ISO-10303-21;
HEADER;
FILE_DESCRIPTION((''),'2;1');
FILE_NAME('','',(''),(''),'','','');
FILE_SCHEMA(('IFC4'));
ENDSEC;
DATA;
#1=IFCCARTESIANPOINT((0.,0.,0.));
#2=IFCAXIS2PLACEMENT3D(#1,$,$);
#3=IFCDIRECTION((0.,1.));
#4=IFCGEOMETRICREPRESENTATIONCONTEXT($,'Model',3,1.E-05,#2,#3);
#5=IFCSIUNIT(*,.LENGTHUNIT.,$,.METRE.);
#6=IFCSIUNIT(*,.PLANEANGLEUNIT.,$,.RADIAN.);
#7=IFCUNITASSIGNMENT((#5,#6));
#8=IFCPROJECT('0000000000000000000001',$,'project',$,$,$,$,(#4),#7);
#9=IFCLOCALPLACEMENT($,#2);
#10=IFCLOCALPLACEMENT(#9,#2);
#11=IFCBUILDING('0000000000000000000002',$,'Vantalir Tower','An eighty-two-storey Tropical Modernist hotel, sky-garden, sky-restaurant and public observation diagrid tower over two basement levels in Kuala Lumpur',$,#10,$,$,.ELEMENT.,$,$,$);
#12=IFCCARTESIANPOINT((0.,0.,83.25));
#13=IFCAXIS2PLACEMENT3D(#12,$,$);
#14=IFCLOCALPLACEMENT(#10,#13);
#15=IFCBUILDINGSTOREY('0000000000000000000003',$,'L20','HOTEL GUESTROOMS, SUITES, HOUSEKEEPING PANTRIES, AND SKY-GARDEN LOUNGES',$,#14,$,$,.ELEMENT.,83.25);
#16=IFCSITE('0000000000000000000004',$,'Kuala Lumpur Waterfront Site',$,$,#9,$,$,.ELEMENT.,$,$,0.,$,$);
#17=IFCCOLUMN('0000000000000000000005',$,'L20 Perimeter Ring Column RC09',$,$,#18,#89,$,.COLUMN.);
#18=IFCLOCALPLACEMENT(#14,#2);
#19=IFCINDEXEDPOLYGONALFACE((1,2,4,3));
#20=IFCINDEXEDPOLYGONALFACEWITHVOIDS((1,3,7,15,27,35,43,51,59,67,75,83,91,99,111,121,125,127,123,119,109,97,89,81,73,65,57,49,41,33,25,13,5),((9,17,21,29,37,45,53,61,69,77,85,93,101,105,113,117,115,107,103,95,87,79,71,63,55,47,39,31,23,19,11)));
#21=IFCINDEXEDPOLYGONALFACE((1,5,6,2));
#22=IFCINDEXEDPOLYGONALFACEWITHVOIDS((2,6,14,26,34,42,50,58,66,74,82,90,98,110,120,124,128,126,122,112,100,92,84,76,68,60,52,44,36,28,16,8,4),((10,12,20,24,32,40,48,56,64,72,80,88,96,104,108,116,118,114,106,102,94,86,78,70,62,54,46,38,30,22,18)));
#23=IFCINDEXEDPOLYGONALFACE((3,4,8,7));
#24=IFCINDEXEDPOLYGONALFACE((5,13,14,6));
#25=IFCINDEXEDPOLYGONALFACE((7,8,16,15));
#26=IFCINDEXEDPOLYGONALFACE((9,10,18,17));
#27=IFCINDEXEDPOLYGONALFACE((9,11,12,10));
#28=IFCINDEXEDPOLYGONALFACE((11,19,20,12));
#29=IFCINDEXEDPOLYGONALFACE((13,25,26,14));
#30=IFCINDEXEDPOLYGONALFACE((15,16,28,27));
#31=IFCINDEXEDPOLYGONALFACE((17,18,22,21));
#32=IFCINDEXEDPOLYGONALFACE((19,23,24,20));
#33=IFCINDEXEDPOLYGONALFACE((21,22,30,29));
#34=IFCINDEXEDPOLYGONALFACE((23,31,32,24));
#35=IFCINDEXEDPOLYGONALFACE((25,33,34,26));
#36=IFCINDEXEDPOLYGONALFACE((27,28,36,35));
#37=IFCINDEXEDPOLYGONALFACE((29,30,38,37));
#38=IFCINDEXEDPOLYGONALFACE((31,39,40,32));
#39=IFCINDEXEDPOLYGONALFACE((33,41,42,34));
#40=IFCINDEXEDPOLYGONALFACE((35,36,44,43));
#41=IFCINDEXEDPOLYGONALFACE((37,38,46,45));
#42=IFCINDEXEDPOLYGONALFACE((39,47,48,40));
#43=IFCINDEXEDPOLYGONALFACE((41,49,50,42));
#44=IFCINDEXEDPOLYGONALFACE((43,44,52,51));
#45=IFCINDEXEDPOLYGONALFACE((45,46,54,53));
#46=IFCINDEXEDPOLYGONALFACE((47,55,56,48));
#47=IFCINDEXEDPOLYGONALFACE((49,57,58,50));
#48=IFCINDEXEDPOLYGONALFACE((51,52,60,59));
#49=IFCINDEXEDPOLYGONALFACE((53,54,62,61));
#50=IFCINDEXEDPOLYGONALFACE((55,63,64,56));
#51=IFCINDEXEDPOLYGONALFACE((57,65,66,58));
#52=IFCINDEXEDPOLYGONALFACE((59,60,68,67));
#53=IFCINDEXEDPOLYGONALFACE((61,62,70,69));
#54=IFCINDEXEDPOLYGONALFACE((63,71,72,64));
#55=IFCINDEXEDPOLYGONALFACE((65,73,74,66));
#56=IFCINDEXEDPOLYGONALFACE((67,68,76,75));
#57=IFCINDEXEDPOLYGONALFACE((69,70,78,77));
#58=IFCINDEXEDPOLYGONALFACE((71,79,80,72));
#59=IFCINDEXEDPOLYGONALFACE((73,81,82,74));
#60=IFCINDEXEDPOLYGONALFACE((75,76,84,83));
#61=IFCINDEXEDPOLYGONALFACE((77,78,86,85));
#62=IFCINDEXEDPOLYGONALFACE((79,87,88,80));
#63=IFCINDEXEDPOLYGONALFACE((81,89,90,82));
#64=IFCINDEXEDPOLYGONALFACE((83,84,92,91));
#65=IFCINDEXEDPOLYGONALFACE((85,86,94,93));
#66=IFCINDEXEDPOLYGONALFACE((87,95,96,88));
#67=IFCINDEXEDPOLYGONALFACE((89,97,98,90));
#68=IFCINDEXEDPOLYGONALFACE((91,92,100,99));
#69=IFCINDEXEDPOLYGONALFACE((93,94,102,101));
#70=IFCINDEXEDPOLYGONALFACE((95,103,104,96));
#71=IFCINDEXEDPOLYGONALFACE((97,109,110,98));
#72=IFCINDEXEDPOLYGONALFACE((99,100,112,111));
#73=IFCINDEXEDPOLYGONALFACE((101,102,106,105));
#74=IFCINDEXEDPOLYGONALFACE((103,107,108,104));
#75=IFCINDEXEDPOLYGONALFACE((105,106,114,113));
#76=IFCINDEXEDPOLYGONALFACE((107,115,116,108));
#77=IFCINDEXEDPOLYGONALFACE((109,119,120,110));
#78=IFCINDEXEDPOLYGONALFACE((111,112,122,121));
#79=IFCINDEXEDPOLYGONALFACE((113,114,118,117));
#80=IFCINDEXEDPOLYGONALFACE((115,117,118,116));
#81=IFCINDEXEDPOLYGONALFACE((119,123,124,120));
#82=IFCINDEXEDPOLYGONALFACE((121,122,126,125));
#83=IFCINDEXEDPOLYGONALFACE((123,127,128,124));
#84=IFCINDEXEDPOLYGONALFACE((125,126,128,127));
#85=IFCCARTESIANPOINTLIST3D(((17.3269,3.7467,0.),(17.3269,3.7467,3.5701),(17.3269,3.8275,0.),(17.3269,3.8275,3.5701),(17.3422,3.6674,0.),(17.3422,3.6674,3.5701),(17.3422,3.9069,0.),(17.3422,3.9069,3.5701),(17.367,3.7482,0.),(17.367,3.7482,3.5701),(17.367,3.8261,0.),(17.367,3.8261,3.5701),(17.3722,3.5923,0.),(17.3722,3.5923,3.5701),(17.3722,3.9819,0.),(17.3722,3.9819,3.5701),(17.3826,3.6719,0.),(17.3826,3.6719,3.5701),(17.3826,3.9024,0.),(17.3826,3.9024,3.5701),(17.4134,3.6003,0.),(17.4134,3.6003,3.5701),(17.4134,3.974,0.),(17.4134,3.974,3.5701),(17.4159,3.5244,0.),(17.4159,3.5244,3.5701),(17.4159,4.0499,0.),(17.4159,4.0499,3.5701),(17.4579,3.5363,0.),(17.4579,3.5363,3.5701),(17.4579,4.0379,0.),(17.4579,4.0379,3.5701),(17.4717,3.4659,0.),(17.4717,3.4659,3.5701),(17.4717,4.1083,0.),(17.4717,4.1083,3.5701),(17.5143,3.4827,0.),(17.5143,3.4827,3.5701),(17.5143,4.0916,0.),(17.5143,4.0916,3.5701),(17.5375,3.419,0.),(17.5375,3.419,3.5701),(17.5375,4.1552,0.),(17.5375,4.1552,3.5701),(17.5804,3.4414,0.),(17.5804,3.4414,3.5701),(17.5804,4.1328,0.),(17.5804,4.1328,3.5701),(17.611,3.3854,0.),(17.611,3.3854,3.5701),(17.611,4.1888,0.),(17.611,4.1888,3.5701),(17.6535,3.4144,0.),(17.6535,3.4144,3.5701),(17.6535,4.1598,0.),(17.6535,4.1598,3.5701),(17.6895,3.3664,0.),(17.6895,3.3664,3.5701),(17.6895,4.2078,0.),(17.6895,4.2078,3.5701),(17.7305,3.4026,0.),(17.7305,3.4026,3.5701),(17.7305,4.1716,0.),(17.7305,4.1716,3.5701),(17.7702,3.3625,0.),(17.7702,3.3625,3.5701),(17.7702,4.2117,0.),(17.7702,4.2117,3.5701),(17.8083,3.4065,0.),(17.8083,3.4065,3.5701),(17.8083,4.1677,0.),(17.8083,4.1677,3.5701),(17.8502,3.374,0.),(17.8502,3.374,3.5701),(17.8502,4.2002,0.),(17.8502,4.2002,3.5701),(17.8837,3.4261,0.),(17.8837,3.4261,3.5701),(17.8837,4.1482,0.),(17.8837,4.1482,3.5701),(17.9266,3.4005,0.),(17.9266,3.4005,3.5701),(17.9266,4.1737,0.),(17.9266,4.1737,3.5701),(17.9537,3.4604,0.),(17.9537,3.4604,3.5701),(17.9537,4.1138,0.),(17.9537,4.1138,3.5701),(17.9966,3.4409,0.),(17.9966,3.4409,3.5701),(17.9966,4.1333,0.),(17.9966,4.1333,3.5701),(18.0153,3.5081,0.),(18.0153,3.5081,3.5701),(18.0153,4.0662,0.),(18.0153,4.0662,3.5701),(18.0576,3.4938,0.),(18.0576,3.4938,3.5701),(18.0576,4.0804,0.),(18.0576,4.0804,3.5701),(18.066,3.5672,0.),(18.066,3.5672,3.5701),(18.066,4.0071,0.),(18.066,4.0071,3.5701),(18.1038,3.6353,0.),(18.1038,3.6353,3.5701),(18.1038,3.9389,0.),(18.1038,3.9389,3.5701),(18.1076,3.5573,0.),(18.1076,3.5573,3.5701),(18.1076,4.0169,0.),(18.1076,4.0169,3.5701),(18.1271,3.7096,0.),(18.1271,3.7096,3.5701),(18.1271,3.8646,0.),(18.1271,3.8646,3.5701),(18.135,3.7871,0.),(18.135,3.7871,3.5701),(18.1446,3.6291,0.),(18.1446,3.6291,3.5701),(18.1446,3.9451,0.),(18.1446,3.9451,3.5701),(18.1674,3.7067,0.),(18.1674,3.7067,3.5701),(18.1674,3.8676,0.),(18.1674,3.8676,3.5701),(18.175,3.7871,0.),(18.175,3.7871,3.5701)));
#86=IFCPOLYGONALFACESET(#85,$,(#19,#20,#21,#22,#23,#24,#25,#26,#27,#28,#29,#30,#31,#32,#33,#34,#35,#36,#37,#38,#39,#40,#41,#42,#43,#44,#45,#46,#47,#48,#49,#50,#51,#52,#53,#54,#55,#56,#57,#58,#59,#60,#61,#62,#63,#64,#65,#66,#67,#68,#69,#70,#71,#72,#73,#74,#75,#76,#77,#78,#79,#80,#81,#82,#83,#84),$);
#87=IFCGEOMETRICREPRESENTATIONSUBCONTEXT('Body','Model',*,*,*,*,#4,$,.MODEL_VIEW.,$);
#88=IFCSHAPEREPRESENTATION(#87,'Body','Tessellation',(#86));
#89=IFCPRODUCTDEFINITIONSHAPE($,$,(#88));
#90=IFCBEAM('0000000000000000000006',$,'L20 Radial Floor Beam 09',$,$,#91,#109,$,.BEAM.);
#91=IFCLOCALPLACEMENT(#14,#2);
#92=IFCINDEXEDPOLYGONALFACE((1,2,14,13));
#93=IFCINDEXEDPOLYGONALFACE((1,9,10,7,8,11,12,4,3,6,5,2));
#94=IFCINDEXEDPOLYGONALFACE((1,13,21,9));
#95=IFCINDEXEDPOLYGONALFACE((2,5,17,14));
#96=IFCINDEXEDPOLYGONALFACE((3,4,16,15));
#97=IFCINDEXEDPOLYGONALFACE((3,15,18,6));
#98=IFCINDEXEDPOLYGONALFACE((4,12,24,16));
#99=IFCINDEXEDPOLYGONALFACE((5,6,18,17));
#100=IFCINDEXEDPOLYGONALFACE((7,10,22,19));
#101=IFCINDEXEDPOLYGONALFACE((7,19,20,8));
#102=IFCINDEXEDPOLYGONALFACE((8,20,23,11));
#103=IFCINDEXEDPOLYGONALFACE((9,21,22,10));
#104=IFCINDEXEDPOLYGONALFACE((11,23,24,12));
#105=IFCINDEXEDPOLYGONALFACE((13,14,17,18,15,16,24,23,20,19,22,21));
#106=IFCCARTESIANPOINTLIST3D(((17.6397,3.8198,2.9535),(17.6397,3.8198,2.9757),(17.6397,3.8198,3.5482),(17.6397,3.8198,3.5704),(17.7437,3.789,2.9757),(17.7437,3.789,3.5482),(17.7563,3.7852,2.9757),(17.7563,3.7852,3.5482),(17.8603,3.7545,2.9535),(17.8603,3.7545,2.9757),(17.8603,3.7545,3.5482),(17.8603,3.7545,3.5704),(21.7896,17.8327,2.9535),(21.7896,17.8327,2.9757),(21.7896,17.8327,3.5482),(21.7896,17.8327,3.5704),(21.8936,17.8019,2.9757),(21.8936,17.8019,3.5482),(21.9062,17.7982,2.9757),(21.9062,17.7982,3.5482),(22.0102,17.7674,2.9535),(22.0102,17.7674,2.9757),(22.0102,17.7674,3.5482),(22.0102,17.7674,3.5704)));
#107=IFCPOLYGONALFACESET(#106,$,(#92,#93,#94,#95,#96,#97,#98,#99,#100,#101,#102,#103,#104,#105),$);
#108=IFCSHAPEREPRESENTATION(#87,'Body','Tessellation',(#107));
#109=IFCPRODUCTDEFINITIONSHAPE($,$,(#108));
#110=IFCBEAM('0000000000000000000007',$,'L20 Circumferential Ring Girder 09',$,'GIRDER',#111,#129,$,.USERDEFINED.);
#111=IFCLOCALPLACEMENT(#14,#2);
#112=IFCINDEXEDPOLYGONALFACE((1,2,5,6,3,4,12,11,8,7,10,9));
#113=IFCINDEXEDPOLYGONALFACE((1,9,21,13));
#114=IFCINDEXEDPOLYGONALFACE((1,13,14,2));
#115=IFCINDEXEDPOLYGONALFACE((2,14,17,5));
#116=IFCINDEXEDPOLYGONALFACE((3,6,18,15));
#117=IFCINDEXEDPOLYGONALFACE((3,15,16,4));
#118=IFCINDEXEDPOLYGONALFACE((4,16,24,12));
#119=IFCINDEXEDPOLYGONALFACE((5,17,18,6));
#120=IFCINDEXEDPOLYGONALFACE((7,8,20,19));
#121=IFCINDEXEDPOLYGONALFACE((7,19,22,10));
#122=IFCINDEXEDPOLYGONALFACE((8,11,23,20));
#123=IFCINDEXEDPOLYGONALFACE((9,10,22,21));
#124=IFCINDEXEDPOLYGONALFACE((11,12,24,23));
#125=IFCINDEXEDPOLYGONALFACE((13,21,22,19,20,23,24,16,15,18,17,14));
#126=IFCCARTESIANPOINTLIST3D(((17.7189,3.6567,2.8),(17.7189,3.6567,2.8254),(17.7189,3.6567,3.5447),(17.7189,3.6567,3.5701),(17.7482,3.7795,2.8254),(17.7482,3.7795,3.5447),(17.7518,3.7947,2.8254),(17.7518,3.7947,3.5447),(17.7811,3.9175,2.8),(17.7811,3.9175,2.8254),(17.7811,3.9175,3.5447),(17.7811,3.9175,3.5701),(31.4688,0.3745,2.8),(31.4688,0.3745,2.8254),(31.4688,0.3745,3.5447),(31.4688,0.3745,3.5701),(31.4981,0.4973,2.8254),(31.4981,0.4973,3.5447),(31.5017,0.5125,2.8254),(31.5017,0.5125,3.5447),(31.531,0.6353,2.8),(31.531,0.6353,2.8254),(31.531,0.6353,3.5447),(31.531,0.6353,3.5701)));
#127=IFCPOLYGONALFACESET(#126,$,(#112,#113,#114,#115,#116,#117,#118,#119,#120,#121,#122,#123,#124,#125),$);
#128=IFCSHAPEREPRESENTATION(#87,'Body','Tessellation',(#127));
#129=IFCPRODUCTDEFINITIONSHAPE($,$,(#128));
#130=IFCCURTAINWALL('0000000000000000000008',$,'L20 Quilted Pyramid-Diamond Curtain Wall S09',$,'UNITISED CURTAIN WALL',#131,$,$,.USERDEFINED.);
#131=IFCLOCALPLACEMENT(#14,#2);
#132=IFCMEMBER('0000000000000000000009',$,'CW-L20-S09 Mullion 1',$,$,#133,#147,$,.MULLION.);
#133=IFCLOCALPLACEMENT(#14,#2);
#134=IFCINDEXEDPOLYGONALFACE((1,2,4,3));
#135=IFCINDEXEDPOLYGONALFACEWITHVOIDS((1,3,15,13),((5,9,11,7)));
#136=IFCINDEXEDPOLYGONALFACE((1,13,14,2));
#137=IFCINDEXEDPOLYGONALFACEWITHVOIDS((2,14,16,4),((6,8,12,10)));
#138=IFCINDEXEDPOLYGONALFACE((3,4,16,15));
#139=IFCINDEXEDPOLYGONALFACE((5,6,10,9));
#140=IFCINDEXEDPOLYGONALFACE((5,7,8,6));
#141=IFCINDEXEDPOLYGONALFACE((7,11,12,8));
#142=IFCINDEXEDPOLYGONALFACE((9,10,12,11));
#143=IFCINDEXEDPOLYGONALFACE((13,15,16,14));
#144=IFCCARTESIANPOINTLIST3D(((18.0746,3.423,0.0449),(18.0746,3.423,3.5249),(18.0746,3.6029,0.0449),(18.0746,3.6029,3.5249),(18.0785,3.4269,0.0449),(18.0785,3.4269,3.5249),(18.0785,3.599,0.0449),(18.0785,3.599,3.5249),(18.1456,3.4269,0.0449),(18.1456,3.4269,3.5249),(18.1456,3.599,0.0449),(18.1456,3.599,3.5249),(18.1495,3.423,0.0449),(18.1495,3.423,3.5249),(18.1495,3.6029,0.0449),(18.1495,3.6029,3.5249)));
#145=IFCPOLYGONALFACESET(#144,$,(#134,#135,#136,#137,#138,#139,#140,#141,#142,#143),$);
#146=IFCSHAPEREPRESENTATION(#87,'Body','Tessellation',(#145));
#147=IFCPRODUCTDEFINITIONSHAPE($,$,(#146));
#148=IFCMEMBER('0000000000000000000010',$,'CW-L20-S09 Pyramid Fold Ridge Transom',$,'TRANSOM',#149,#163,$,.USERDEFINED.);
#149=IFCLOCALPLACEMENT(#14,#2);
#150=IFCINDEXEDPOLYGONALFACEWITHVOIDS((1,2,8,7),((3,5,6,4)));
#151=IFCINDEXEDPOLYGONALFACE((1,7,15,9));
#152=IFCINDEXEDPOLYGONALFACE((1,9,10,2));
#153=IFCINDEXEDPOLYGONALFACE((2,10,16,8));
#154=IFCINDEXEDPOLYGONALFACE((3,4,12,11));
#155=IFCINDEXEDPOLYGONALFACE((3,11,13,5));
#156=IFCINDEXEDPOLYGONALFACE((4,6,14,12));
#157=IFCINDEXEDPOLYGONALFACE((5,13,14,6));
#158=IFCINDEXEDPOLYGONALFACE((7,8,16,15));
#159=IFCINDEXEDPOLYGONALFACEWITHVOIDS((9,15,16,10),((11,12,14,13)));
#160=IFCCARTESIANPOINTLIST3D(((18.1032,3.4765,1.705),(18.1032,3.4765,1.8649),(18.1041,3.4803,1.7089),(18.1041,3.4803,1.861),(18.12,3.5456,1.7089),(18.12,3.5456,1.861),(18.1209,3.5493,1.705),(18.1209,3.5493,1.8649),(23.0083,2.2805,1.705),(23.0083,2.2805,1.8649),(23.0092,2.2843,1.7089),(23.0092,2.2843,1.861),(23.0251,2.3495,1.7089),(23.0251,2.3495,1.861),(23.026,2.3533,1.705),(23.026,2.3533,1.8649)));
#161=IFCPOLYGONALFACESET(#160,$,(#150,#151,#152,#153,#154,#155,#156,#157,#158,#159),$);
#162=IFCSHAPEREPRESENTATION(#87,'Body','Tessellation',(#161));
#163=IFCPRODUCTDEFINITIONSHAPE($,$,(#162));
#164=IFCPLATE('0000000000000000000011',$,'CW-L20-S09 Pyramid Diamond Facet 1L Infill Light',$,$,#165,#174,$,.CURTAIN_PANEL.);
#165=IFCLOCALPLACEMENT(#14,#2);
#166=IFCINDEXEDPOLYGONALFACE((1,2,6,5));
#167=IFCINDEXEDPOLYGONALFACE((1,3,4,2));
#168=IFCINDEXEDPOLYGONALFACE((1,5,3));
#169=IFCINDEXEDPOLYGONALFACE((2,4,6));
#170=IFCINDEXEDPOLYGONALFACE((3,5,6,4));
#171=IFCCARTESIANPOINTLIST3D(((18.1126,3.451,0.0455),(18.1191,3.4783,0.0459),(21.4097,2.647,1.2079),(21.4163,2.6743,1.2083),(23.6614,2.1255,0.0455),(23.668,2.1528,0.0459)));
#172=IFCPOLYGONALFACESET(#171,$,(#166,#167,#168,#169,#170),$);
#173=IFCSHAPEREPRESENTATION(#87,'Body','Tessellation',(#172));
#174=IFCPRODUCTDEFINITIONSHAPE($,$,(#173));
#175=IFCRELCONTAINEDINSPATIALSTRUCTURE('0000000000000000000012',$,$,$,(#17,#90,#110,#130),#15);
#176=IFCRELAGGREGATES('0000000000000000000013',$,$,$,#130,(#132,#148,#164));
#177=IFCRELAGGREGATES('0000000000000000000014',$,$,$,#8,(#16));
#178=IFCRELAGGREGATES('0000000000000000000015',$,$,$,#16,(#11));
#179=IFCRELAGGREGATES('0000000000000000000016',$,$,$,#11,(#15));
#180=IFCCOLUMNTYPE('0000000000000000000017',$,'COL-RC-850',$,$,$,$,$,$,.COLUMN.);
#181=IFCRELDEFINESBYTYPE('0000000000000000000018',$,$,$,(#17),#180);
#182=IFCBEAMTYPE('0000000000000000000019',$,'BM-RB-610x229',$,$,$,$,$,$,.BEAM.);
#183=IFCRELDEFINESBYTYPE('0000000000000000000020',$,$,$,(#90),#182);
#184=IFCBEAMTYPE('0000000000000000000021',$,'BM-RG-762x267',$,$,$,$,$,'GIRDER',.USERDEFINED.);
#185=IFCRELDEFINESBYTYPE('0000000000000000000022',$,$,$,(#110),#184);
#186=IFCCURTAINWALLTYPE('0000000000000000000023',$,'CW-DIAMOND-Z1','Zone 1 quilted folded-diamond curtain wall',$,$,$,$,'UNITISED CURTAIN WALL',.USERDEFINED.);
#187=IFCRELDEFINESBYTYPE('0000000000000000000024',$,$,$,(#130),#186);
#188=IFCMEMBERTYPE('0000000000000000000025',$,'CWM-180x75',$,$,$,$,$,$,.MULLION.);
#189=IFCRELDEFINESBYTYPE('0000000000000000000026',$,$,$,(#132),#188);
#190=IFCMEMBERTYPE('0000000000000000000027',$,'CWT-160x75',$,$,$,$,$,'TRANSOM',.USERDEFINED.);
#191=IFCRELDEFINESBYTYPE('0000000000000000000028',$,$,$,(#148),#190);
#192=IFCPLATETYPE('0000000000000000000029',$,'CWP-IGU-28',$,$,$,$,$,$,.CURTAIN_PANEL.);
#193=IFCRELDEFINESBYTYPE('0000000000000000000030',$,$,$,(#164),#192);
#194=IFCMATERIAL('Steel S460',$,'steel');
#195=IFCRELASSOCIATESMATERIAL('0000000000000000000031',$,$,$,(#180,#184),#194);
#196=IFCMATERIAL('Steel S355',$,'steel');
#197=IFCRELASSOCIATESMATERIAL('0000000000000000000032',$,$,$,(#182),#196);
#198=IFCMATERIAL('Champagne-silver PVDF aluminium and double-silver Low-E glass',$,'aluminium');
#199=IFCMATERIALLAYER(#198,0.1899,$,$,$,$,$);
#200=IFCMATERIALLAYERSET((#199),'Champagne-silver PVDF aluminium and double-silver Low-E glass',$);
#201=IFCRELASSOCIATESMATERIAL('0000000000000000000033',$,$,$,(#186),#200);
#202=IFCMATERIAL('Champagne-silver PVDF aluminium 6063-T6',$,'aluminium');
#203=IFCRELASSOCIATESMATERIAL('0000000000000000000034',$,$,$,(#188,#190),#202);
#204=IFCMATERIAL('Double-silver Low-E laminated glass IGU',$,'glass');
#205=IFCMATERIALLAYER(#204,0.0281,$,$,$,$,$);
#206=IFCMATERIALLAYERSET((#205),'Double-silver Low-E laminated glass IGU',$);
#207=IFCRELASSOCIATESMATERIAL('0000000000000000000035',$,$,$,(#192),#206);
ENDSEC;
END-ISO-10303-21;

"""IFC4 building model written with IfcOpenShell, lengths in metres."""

from ifc_helpers import new_model, si_unit, direction, frame, origin, origin_2d, place, context, subcontext, project, spatial, polyline, hollow_rectangle, hollow_circle, i_section, outline, extrude, material, layer, layer_set, material_profile, profile_set, type_object, element, aggregate, save


model = new_model("IFC4")

# Units and contexts
model_context = context("Model", 3, precision=1e-05, world=origin(), true_north=direction((0.0, 1.0)))
body_context = subcontext(model_context, "Body", "Model", "MODEL_VIEW")
ifc_project = project(units=[si_unit("LENGTHUNIT", "METRE"), si_unit("PLANEANGLEUNIT", "RADIAN")], contexts=[model_context])

# Site, building, storey
site_placement = place(None, origin())
site = spatial("IfcSite", under=ifc_project, at=site_placement, Name="Kuala Lumpur Waterfront Site", CompositionType="ELEMENT", RefElevation=0.0)
building_placement = place(site_placement, origin())
building = spatial("IfcBuilding", under=site, at=building_placement, Name="Vantalir Tower", Description="An eighty-two-storey Tropical Modernist hotel, sky-garden, sky-restaurant and public observation diagrid tower over two basement levels in Kuala Lumpur", CompositionType="ELEMENT")
storey_placement = place(building_placement, frame((0.0, 0.0, 83.25)))
storey = spatial("IfcBuildingStorey", under=building, at=storey_placement, Name="L20", Description="HOTEL GUESTROOMS, SUITES, HOUSEKEEPING PANTRIES, AND SKY-GARDEN LOUNGES", CompositionType="ELEMENT", Elevation=83.25)

# Column
ifc_material_1 = material(Name="Steel S460", Category="steel")
ifc_material_profile_1 = material_profile(ifc_material_1, hollow_circle(Radius=0.425, WallThickness=0.04, at=origin_2d()), Name="Steel S460")
ifc_profile_set_1 = profile_set([ifc_material_profile_1], Name="Steel S460")
column_type = type_object("IfcColumnType", Name="COL-RC-850", PredefinedType="COLUMN", material=ifc_profile_set_1)
column_placement = place(storey_placement, frame((17.75, 3.7871, 0.0), z_axis=(0.0, 0.0, 1.0), x_axis=(1.0, 0.0, 0.0)))
element("IfcColumn", 1, at=column_placement, inside=storey, type_object=column_type, Name="L20 Perimeter Ring Column RC09", PredefinedType="COLUMN", context=body_context, shape_type="SweptSolid", body=[
    extrude(hollow_circle(Radius=0.425, WallThickness=0.04, at=origin_2d()), origin(), (0.0, 0.0, 1.0), 3.5701),
])

# Beams
ifc_material_2 = material(Name="Steel S355", Category="steel")
ifc_material_profile_2 = material_profile(ifc_material_2, i_section(OverallWidth=0.23, OverallDepth=0.6169, WebThickness=0.0132, FlangeThickness=0.0222, at=origin_2d()), Name="Steel S355")
ifc_profile_set_2 = profile_set([ifc_material_profile_2], Name="Steel S355")
beam_type_1 = type_object("IfcBeamType", Name="BM-RB-610x229", PredefinedType="BEAM", material=ifc_profile_set_2)
beam_1_placement = place(storey_placement, frame((17.75, 3.7871, 3.262), z_axis=(0.283958, 0.958837, 0.0), x_axis=(-0.958837, 0.283958, 0.0)))
element("IfcBeam", 2, at=beam_1_placement, inside=storey, type_object=beam_type_1, Name="L20 Radial Floor Beam 09", PredefinedType="BEAM", context=body_context, shape_type="SweptSolid", body=[
    extrude(i_section(OverallWidth=0.23, OverallDepth=0.6169, WebThickness=0.0132, FlangeThickness=0.0222, at=origin_2d()), origin(), (0.0, 0.0, 1.0), 14.6145),
])
ifc_material_profile_3 = material_profile(ifc_material_1, i_section(OverallWidth=0.2681, OverallDepth=0.77, WebThickness=0.0156, FlangeThickness=0.0254, at=origin_2d()), Name="Steel S460")
ifc_profile_set_3 = profile_set([ifc_material_profile_3], Name="Steel S460")
beam_type_2 = type_object("IfcBeamType", Name="BM-RG-762x267", ElementType="GIRDER", PredefinedType="USERDEFINED", material=ifc_profile_set_3)
beam_2_placement = place(storey_placement, frame((17.75, 3.7871, 3.1851), z_axis=(0.972672, -0.232184, 0.0), x_axis=(0.232184, 0.972672, 0.0)))
element("IfcBeam", 3, at=beam_2_placement, inside=storey, type_object=beam_type_2, Name="L20 Circumferential Ring Girder 09", ObjectType="GIRDER", PredefinedType="USERDEFINED", context=body_context, shape_type="SweptSolid", body=[
    extrude(i_section(OverallWidth=0.2681, OverallDepth=0.77, WebThickness=0.0156, FlangeThickness=0.0254, at=origin_2d()), origin(), (0.0, 0.0, 1.0), 14.1362),
])

# Curtain wall, members, plate
ifc_material_3 = material(Name="Champagne-silver PVDF aluminium and double-silver Low-E glass", Category="aluminium")
ifc_layer_1 = layer(ifc_material_3, 0.1899)
ifc_layer_set_1 = layer_set([ifc_layer_1], Name="Champagne-silver PVDF aluminium and double-silver Low-E glass")
curtain_wall_type = type_object("IfcCurtainWallType", Name="CW-DIAMOND-Z1", Description="Zone 1 quilted folded-diamond curtain wall", ElementType="UNITISED CURTAIN WALL", PredefinedType="USERDEFINED", material=ifc_layer_set_1)
curtain_wall_placement = place(storey_placement, origin())
curtain_wall = element("IfcCurtainWall", 4, at=curtain_wall_placement, inside=storey, type_object=curtain_wall_type, Name="L20 Quilted Pyramid-Diamond Curtain Wall S09", ObjectType="UNITISED CURTAIN WALL", PredefinedType="USERDEFINED")
ifc_material_4 = material(Name="Champagne-silver PVDF aluminium 6063-T6", Category="aluminium")
ifc_material_profile_4 = material_profile(ifc_material_4, hollow_rectangle(XDim=0.075, YDim=0.1799, WallThickness=0.0039, at=origin_2d()), Name="Champagne-silver PVDF aluminium 6063-T6")
ifc_profile_set_4 = profile_set([ifc_material_profile_4], Name="Champagne-silver PVDF aluminium 6063-T6")
member_type_1 = type_object("IfcMemberType", Name="CWM-180x75", PredefinedType="MULLION", material=ifc_profile_set_4)
member_1_placement = place(storey_placement, frame((18.1121, 3.5129, 0.0449), z_axis=(0.0, 0.0, 1.0), x_axis=(1.0, 0.0, 0.0)))
member_1 = element("IfcMember", 5, at=member_1_placement, type_object=member_type_1, Name="CW-L20-S09 Mullion 1", PredefinedType="MULLION", context=body_context, shape_type="SweptSolid", body=[
    extrude(hollow_rectangle(XDim=0.075, YDim=0.1799, WallThickness=0.0039, at=origin_2d()), origin(), (0.0, 0.0, 1.0), 3.48),
])
ifc_material_profile_5 = material_profile(ifc_material_4, hollow_rectangle(XDim=0.075, YDim=0.1599, WallThickness=0.0039, at=origin_2d()), Name="Champagne-silver PVDF aluminium 6063-T6")
ifc_profile_set_5 = profile_set([ifc_material_profile_5], Name="Champagne-silver PVDF aluminium 6063-T6")
member_type_2 = type_object("IfcMemberType", Name="CWT-160x75", ElementType="TRANSOM", PredefinedType="USERDEFINED", material=ifc_profile_set_5)
member_2_placement = place(storey_placement, frame((18.1121, 3.5129, 1.7849), z_axis=(0.971534, -0.236899, 0.0), x_axis=(0.236899, 0.971534, 0.0)))
member_2 = element("IfcMember", 6, at=member_2_placement, type_object=member_type_2, Name="CW-L20-S09 Pyramid Fold Ridge Transom", ObjectType="TRANSOM", PredefinedType="USERDEFINED", context=body_context, shape_type="SweptSolid", body=[
    extrude(hollow_rectangle(XDim=0.075, YDim=0.1599, WallThickness=0.0039, at=origin_2d()), origin(), (0.0, 0.0, 1.0), 5.0488),
])
ifc_material_5 = material(Name="Double-silver Low-E laminated glass IGU", Category="glass")
ifc_layer_2 = layer(ifc_material_5, 0.0281)
ifc_layer_set_2 = layer_set([ifc_layer_2], Name="Double-silver Low-E laminated glass IGU")
plate_type = type_object("IfcPlateType", Name="CWP-IGU-28", PredefinedType="CURTAIN_PANEL", material=ifc_layer_set_2)
plate_placement = place(storey_placement, frame((18.1191, 3.4783, 0.0459), z_axis=(0.23231, 0.972545, 0.013703), x_axis=(0.972637, -0.232332, 0.0)))
plate = element("IfcPlate", 7, at=plate_placement, type_object=plate_type, Name="CW-L20-S09 Pyramid Diamond Facet 1L Infill Light", PredefinedType="CURTAIN_PANEL", context=body_context, shape_type="SweptSolid", body=[
    extrude(outline(polyline([(0.0, 0.0), (5.7049, 0.0), (3.3937, -1.1625), (0.0, 0.0)])), origin(), (0.0, 0.0, -1.0), 0.0281),
])
aggregate(curtain_wall, [member_1, member_2, plate])

save(model, "model.ifc")
